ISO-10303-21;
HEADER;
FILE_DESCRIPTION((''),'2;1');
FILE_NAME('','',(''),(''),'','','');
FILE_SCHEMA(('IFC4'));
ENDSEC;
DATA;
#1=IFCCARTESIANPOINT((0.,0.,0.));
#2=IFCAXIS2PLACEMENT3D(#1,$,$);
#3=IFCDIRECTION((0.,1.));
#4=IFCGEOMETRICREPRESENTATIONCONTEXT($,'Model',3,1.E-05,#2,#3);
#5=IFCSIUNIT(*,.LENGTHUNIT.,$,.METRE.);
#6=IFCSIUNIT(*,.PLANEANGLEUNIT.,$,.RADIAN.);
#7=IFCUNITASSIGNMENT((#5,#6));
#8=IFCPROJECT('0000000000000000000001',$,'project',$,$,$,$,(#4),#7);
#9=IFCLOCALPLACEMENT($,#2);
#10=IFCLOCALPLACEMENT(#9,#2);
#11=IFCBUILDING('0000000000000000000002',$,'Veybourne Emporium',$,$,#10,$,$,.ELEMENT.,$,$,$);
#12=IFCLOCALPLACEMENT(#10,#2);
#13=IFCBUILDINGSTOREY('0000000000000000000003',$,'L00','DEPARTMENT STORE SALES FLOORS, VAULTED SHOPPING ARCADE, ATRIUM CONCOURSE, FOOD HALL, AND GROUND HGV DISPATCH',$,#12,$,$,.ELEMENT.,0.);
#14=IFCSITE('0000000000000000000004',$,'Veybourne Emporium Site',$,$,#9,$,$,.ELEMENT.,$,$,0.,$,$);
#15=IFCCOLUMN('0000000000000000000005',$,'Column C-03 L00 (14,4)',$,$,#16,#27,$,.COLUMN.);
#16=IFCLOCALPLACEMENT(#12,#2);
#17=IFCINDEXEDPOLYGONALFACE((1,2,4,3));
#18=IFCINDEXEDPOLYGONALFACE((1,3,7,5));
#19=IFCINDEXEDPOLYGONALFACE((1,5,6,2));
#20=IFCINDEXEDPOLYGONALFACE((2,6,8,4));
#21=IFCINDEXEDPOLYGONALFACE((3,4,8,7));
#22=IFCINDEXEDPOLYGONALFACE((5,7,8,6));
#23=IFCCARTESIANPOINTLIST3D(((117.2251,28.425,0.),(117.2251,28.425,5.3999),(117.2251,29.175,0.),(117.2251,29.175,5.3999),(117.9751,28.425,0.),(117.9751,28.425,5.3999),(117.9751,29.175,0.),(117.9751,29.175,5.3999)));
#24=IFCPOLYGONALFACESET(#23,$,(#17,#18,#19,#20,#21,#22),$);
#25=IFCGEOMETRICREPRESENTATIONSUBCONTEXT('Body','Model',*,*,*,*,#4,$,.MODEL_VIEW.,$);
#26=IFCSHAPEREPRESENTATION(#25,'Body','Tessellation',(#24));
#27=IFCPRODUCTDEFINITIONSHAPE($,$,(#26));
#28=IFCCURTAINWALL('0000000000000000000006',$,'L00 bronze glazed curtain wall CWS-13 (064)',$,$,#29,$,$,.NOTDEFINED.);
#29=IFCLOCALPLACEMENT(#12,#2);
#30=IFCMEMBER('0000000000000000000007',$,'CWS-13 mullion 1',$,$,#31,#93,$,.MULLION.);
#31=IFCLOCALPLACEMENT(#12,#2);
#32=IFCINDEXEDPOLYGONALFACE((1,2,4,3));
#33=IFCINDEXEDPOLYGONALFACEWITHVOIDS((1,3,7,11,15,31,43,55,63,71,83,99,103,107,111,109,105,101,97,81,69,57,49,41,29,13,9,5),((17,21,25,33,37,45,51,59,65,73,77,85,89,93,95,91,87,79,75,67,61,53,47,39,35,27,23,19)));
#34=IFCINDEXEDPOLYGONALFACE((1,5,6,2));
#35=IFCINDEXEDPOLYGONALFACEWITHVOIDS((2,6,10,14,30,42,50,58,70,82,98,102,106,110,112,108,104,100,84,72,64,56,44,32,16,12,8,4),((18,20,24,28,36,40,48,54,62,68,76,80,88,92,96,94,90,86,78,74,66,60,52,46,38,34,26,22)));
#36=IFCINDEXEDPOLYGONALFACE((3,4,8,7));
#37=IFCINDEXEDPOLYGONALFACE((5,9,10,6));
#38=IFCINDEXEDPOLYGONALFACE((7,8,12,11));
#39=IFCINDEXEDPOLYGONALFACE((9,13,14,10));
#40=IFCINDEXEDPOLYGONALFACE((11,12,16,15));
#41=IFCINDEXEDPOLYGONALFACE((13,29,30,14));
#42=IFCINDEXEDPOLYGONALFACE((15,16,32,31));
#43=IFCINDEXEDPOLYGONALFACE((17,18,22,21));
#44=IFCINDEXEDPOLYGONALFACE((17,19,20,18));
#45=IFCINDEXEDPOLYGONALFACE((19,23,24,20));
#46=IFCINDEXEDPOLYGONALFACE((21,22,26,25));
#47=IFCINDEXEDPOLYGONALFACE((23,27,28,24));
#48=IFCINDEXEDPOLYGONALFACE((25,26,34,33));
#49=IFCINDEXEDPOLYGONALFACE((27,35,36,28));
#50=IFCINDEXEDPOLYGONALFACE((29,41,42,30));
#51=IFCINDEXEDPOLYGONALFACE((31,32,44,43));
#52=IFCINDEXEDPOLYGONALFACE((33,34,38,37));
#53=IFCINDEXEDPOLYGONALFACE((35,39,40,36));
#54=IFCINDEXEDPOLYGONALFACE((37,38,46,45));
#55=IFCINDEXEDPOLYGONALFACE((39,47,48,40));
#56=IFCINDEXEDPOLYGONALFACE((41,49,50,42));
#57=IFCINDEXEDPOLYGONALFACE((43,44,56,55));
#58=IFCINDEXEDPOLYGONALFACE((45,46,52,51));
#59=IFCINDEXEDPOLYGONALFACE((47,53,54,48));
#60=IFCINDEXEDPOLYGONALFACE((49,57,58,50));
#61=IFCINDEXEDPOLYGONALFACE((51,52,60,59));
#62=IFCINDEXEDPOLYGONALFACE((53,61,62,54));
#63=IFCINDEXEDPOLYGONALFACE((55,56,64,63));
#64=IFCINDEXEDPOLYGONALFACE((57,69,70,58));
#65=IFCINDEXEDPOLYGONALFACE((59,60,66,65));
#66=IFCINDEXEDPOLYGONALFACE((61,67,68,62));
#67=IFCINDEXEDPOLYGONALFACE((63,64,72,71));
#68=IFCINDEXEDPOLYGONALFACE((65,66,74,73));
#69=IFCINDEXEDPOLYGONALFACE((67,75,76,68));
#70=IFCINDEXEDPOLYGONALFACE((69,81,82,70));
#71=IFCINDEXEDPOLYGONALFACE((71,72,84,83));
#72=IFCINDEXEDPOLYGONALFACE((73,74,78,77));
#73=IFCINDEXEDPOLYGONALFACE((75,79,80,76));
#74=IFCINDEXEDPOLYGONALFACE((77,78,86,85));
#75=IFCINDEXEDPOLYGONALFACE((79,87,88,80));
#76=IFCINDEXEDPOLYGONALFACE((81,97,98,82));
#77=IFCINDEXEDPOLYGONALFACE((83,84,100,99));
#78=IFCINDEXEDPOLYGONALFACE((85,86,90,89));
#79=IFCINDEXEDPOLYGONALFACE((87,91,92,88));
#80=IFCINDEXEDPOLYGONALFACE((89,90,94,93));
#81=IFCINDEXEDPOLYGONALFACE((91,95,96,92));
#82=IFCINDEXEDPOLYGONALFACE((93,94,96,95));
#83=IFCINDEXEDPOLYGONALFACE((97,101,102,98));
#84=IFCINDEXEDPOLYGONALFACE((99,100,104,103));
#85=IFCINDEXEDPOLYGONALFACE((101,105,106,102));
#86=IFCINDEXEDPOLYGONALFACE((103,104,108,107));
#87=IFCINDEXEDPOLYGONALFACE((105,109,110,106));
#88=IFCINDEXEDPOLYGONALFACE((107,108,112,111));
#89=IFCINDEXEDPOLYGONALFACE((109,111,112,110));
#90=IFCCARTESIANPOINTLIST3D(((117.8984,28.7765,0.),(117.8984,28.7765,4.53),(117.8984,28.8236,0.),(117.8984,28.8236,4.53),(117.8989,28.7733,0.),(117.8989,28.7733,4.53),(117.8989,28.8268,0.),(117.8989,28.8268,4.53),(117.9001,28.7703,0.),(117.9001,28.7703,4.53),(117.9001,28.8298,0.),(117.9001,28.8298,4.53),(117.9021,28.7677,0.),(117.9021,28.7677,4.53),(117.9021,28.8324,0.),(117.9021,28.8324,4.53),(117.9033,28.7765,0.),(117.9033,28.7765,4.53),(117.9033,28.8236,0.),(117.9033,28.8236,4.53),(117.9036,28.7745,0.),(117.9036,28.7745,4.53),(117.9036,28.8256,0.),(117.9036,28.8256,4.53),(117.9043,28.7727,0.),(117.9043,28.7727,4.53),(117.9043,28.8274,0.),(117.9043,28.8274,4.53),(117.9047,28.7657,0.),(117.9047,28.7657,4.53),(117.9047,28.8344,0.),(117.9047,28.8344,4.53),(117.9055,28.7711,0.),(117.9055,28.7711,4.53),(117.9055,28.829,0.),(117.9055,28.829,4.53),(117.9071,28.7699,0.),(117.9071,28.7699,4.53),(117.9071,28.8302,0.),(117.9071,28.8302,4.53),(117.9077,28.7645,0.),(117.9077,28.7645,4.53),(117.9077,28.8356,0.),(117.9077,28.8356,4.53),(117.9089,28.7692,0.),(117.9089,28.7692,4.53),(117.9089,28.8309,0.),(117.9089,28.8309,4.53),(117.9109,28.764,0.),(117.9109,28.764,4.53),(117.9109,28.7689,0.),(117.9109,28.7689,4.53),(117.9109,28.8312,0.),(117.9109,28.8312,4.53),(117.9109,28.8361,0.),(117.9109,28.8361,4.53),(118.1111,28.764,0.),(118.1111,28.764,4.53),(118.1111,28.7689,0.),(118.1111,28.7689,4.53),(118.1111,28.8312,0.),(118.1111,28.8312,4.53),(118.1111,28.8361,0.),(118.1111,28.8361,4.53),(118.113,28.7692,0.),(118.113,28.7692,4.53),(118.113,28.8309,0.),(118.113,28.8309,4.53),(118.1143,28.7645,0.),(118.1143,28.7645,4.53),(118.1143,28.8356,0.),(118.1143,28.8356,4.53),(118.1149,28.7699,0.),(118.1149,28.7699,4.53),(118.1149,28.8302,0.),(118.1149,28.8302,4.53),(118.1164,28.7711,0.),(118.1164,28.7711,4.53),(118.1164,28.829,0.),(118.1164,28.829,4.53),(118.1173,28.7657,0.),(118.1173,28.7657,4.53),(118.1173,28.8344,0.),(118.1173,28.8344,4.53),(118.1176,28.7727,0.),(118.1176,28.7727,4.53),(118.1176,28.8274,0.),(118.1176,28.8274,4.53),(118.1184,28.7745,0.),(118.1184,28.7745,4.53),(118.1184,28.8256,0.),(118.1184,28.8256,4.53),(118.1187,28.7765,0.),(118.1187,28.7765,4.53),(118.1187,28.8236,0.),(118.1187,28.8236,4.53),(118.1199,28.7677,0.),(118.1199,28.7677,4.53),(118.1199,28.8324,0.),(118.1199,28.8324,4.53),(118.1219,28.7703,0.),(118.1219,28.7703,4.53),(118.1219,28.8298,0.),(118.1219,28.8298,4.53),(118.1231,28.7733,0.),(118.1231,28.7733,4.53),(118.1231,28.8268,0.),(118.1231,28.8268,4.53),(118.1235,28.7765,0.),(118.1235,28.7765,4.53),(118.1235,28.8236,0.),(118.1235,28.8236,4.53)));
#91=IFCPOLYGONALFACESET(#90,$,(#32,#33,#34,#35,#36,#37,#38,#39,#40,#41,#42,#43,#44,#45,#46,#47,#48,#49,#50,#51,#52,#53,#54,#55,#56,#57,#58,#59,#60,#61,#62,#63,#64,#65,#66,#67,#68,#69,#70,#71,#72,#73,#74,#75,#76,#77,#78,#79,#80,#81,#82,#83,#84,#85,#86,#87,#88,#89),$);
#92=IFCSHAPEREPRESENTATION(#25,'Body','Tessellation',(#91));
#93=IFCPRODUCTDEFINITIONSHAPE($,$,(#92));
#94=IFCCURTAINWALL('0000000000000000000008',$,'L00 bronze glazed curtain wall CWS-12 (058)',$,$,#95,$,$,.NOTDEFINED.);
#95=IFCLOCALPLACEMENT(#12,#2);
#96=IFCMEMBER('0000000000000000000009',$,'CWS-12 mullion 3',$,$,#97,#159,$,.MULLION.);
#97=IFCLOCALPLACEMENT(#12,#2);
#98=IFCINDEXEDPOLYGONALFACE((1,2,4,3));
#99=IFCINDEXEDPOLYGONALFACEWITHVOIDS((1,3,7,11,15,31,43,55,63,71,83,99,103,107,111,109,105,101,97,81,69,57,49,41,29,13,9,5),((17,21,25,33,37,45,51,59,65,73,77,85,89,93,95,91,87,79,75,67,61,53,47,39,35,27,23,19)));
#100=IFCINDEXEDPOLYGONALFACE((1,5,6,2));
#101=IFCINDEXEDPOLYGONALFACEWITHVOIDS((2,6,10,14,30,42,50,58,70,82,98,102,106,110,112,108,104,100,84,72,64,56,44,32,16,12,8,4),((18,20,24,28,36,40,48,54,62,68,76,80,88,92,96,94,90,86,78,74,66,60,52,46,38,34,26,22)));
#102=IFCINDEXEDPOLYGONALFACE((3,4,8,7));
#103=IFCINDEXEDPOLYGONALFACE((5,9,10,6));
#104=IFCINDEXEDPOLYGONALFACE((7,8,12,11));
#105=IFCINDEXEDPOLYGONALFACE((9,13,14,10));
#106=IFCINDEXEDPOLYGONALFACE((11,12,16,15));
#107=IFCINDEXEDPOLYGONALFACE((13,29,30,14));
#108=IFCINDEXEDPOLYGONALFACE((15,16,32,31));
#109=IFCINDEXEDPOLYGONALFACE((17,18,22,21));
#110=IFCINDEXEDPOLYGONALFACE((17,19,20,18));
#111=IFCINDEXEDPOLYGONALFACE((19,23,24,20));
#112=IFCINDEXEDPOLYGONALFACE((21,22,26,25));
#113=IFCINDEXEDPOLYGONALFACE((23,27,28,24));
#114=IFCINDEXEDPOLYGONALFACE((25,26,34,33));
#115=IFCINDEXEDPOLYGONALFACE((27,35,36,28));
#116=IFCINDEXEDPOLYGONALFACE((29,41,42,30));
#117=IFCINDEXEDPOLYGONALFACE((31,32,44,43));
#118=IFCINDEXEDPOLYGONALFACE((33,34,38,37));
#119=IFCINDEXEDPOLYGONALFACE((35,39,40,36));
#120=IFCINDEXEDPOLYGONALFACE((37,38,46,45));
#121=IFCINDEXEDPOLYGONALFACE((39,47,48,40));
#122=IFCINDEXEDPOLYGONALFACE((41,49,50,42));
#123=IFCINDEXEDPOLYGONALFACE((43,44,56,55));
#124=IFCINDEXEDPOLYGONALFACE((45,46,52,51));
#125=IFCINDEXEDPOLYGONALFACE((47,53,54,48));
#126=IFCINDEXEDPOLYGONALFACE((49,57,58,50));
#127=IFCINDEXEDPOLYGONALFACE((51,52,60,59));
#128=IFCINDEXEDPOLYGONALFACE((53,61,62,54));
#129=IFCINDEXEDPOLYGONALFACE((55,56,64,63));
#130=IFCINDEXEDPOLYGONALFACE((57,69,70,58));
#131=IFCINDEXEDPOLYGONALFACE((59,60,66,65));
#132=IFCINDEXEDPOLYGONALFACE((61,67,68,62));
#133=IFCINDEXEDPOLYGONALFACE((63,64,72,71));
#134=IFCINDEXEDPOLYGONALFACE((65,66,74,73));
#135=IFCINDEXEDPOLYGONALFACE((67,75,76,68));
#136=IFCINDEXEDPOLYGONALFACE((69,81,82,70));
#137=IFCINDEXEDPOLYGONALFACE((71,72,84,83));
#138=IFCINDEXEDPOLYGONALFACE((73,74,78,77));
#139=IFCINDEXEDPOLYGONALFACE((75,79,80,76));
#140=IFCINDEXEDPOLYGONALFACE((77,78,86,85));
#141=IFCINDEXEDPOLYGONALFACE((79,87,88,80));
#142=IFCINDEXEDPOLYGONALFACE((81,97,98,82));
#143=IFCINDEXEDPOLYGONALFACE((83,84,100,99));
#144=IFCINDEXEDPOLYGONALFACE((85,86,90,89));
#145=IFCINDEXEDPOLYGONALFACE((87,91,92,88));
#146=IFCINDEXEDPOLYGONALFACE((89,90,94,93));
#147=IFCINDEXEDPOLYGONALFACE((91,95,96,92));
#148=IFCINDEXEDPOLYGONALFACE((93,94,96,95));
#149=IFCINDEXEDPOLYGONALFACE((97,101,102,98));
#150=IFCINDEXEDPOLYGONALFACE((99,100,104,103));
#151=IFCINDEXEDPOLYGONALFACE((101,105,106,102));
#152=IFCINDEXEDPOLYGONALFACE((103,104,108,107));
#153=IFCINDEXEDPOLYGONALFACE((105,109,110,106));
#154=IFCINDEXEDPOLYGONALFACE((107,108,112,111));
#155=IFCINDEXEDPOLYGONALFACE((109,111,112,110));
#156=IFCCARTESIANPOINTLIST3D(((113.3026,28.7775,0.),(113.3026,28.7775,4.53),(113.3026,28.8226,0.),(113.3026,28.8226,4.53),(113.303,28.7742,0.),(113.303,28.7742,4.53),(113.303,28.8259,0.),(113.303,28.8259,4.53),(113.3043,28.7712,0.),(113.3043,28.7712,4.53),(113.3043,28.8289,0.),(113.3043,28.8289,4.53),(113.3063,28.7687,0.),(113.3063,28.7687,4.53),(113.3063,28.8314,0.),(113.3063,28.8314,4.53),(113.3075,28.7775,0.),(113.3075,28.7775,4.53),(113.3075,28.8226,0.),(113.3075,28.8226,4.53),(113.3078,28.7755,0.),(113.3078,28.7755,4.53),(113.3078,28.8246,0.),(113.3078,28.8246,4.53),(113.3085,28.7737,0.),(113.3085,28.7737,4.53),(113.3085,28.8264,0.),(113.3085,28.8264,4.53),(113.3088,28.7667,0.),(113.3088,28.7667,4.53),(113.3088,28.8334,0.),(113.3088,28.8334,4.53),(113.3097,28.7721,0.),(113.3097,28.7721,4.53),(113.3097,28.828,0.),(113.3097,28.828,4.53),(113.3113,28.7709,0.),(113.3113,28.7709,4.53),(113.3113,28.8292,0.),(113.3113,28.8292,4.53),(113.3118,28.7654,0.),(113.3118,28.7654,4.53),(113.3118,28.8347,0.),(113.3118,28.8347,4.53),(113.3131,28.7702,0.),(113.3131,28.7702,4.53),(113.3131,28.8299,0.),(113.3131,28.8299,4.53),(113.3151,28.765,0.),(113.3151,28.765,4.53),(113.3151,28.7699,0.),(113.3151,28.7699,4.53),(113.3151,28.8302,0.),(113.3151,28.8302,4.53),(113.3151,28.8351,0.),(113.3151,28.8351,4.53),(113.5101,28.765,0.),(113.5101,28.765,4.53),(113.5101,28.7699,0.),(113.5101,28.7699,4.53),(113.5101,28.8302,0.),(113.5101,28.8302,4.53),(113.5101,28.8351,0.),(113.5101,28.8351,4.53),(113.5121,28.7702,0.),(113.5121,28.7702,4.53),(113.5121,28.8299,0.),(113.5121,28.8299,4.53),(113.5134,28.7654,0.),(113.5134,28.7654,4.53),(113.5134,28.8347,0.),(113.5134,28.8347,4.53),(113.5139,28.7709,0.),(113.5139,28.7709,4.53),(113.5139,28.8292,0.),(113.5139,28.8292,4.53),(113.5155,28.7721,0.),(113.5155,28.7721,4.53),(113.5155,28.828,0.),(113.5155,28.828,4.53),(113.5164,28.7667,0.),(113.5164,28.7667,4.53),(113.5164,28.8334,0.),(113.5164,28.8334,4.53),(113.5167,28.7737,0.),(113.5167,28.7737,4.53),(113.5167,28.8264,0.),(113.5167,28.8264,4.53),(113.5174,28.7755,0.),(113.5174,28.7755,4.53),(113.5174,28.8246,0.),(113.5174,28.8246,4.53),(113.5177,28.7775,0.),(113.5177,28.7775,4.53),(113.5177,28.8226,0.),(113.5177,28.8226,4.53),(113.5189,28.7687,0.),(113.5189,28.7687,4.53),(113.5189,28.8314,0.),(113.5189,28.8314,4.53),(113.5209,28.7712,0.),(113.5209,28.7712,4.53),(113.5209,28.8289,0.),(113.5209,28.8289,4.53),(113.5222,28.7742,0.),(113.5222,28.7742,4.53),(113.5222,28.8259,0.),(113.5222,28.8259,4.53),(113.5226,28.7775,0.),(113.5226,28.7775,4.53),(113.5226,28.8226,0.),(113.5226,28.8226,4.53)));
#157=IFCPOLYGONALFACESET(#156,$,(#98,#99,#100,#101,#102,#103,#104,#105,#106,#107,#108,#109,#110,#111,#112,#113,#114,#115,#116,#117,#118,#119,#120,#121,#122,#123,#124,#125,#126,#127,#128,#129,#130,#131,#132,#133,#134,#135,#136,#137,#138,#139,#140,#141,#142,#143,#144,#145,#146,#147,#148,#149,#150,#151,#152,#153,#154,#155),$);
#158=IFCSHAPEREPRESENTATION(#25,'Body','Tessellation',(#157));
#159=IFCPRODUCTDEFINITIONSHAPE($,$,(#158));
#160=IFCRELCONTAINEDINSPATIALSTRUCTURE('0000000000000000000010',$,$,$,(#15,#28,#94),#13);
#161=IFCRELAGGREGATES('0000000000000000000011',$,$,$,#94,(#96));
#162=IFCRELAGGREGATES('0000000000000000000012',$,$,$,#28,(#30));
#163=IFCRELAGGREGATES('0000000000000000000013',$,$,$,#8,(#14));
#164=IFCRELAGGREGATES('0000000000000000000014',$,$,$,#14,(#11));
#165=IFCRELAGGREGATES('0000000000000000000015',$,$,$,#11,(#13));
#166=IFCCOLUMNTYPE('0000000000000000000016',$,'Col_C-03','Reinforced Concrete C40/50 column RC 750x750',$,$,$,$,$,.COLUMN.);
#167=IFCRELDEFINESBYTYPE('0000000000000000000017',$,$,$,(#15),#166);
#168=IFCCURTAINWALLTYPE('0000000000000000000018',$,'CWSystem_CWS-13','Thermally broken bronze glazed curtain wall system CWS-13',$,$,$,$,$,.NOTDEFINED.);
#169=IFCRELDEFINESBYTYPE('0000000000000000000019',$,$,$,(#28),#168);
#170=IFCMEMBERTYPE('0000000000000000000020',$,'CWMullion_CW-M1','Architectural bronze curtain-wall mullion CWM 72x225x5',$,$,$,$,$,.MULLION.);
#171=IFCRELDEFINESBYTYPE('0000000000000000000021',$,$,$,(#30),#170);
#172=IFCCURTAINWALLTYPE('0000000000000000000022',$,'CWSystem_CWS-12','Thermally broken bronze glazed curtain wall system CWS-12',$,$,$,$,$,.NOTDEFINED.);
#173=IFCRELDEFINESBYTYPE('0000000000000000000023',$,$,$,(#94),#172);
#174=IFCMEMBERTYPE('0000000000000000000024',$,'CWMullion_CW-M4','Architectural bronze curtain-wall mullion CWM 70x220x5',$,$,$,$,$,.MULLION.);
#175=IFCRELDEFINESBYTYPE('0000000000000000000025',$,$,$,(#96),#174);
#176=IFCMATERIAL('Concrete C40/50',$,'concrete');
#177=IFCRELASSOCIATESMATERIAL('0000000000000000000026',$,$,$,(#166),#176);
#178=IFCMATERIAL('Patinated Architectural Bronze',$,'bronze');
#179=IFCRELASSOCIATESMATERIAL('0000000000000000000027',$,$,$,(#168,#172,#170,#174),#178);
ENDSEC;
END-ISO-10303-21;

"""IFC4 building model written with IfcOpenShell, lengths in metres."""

from ifc_helpers import new_model, si_unit, direction, frame, origin, origin_2d, place, context, subcontext, project, spatial, rectangle, hollow_rectangle, extrude, material, material_profile, profile_set, type_object, element, aggregate, save


model = new_model("IFC4")

# Units and contexts
model_context = context("Model", 3, precision=1e-05, world=origin(), true_north=direction((0.0, 1.0)))
body_context = subcontext(model_context, "Body", "Model", "MODEL_VIEW")
ifc_project = project(units=[si_unit("LENGTHUNIT", "METRE"), si_unit("PLANEANGLEUNIT", "RADIAN")], contexts=[model_context])

# Site, building, storey
site_placement = place(None, origin())
site = spatial("IfcSite", under=ifc_project, at=site_placement, Name="Veybourne Emporium Site", CompositionType="ELEMENT", RefElevation=0.0)
building_placement = place(site_placement, origin())
building = spatial("IfcBuilding", under=site, at=building_placement, Name="Veybourne Emporium", CompositionType="ELEMENT")
storey_placement = place(building_placement, origin())
storey = spatial("IfcBuildingStorey", under=building, at=storey_placement, Name="L00", Description="DEPARTMENT STORE SALES FLOORS, VAULTED SHOPPING ARCADE, ATRIUM CONCOURSE, FOOD HALL, AND GROUND HGV DISPATCH", CompositionType="ELEMENT", Elevation=0.0)

# Column
ifc_material_1 = material(Name="Concrete C40/50", Category="concrete")
ifc_material_profile_1 = material_profile(ifc_material_1, rectangle(XDim=0.75, YDim=0.75, at=origin_2d()), Name="RC 750x750")
ifc_profile_set_1 = profile_set([ifc_material_profile_1], Name="Concrete C40/50")
column_type = type_object("IfcColumnType", Name="Col_C-03", Description="Reinforced Concrete C40/50 column RC 750x750", PredefinedType="COLUMN", material=ifc_profile_set_1)
column_placement = place(storey_placement, frame((117.6001, 28.8, 0.0), z_axis=(0.0, 0.0, 1.0), x_axis=(1.0, 0.0, 0.0)))
element("IfcColumn", 1, at=column_placement, inside=storey, type_object=column_type, Name="Column C-03 L00 (14,4)", PredefinedType="COLUMN", context=body_context, shape_type="SweptSolid", body=[
    extrude(rectangle(XDim=0.75, YDim=0.75, at=origin_2d()), origin(), (0.0, 0.0, 1.0), 5.3999),
])

# Curtain wall, member
ifc_material_2 = material(Name="Patinated Architectural Bronze", Category="bronze")
curtain_wall_type_1 = type_object("IfcCurtainWallType", Name="CWSystem_CWS-13", Description="Thermally broken bronze glazed curtain wall system CWS-13", PredefinedType="NOTDEFINED", material=ifc_material_2)
curtain_wall_1_placement = place(storey_placement, origin())
curtain_wall_1 = element("IfcCurtainWall", 2, at=curtain_wall_1_placement, inside=storey, type_object=curtain_wall_type_1, Name="L00 bronze glazed curtain wall CWS-13 (064)", PredefinedType="NOTDEFINED")
ifc_material_profile_2 = material_profile(ifc_material_2, hollow_rectangle(XDim=0.072, YDim=0.2251, WallThickness=0.0049, InnerFilletRadius=0.0076, OuterFilletRadius=0.0125, at=origin_2d()), Name="CWM 72x225x5")
ifc_profile_set_2 = profile_set([ifc_material_profile_2], Name="Patinated Architectural Bronze")
member_type_1 = type_object("IfcMemberType", Name="CWMullion_CW-M1", Description="Architectural bronze curtain-wall mullion CWM 72x225x5", PredefinedType="MULLION", material=ifc_profile_set_2)
member_1_placement = place(storey_placement, frame((118.011, 28.8, 0.0), z_axis=(0.0, 0.0, 1.0), x_axis=(0.0, 1.0, 0.0)))
member_1 = element("IfcMember", 3, at=member_1_placement, type_object=member_type_1, Name="CWS-13 mullion 1", PredefinedType="MULLION", context=body_context, shape_type="SweptSolid", body=[
    extrude(hollow_rectangle(XDim=0.072, YDim=0.2251, WallThickness=0.0049, InnerFilletRadius=0.0076, OuterFilletRadius=0.0125, at=origin_2d()), origin(), (0.0, 0.0, 1.0), 4.53),
])

# Curtain wall, member
curtain_wall_type_2 = type_object("IfcCurtainWallType", Name="CWSystem_CWS-12", Description="Thermally broken bronze glazed curtain wall system CWS-12", PredefinedType="NOTDEFINED", material=ifc_material_2)
curtain_wall_2_placement = place(storey_placement, origin())
curtain_wall_2 = element("IfcCurtainWall", 4, at=curtain_wall_2_placement, inside=storey, type_object=curtain_wall_type_2, Name="L00 bronze glazed curtain wall CWS-12 (058)", PredefinedType="NOTDEFINED")
ifc_material_profile_3 = material_profile(ifc_material_2, hollow_rectangle(XDim=0.0701, YDim=0.22, WallThickness=0.0049, InnerFilletRadius=0.0076, OuterFilletRadius=0.0125, at=origin_2d()), Name="CWM 70x220x5")
ifc_profile_set_3 = profile_set([ifc_material_profile_3], Name="Patinated Architectural Bronze")
member_type_2 = type_object("IfcMemberType", Name="CWMullion_CW-M4", Description="Architectural bronze curtain-wall mullion CWM 70x220x5", PredefinedType="MULLION", material=ifc_profile_set_3)
member_2_placement = place(storey_placement, frame((113.4126, 28.8, 0.0), z_axis=(0.0, 0.0, 1.0), x_axis=(0.0, 1.0, 0.0)))
member_2 = element("IfcMember", 5, at=member_2_placement, type_object=member_type_2, Name="CWS-12 mullion 3", PredefinedType="MULLION", context=body_context, shape_type="SweptSolid", body=[
    extrude(hollow_rectangle(XDim=0.0701, YDim=0.22, WallThickness=0.0049, InnerFilletRadius=0.0076, OuterFilletRadius=0.0125, at=origin_2d()), origin(), (0.0, 0.0, 1.0), 4.53),
])

aggregate(curtain_wall_2, [member_2])
aggregate(curtain_wall_1, [member_1])

save(model, "model.ifc")
